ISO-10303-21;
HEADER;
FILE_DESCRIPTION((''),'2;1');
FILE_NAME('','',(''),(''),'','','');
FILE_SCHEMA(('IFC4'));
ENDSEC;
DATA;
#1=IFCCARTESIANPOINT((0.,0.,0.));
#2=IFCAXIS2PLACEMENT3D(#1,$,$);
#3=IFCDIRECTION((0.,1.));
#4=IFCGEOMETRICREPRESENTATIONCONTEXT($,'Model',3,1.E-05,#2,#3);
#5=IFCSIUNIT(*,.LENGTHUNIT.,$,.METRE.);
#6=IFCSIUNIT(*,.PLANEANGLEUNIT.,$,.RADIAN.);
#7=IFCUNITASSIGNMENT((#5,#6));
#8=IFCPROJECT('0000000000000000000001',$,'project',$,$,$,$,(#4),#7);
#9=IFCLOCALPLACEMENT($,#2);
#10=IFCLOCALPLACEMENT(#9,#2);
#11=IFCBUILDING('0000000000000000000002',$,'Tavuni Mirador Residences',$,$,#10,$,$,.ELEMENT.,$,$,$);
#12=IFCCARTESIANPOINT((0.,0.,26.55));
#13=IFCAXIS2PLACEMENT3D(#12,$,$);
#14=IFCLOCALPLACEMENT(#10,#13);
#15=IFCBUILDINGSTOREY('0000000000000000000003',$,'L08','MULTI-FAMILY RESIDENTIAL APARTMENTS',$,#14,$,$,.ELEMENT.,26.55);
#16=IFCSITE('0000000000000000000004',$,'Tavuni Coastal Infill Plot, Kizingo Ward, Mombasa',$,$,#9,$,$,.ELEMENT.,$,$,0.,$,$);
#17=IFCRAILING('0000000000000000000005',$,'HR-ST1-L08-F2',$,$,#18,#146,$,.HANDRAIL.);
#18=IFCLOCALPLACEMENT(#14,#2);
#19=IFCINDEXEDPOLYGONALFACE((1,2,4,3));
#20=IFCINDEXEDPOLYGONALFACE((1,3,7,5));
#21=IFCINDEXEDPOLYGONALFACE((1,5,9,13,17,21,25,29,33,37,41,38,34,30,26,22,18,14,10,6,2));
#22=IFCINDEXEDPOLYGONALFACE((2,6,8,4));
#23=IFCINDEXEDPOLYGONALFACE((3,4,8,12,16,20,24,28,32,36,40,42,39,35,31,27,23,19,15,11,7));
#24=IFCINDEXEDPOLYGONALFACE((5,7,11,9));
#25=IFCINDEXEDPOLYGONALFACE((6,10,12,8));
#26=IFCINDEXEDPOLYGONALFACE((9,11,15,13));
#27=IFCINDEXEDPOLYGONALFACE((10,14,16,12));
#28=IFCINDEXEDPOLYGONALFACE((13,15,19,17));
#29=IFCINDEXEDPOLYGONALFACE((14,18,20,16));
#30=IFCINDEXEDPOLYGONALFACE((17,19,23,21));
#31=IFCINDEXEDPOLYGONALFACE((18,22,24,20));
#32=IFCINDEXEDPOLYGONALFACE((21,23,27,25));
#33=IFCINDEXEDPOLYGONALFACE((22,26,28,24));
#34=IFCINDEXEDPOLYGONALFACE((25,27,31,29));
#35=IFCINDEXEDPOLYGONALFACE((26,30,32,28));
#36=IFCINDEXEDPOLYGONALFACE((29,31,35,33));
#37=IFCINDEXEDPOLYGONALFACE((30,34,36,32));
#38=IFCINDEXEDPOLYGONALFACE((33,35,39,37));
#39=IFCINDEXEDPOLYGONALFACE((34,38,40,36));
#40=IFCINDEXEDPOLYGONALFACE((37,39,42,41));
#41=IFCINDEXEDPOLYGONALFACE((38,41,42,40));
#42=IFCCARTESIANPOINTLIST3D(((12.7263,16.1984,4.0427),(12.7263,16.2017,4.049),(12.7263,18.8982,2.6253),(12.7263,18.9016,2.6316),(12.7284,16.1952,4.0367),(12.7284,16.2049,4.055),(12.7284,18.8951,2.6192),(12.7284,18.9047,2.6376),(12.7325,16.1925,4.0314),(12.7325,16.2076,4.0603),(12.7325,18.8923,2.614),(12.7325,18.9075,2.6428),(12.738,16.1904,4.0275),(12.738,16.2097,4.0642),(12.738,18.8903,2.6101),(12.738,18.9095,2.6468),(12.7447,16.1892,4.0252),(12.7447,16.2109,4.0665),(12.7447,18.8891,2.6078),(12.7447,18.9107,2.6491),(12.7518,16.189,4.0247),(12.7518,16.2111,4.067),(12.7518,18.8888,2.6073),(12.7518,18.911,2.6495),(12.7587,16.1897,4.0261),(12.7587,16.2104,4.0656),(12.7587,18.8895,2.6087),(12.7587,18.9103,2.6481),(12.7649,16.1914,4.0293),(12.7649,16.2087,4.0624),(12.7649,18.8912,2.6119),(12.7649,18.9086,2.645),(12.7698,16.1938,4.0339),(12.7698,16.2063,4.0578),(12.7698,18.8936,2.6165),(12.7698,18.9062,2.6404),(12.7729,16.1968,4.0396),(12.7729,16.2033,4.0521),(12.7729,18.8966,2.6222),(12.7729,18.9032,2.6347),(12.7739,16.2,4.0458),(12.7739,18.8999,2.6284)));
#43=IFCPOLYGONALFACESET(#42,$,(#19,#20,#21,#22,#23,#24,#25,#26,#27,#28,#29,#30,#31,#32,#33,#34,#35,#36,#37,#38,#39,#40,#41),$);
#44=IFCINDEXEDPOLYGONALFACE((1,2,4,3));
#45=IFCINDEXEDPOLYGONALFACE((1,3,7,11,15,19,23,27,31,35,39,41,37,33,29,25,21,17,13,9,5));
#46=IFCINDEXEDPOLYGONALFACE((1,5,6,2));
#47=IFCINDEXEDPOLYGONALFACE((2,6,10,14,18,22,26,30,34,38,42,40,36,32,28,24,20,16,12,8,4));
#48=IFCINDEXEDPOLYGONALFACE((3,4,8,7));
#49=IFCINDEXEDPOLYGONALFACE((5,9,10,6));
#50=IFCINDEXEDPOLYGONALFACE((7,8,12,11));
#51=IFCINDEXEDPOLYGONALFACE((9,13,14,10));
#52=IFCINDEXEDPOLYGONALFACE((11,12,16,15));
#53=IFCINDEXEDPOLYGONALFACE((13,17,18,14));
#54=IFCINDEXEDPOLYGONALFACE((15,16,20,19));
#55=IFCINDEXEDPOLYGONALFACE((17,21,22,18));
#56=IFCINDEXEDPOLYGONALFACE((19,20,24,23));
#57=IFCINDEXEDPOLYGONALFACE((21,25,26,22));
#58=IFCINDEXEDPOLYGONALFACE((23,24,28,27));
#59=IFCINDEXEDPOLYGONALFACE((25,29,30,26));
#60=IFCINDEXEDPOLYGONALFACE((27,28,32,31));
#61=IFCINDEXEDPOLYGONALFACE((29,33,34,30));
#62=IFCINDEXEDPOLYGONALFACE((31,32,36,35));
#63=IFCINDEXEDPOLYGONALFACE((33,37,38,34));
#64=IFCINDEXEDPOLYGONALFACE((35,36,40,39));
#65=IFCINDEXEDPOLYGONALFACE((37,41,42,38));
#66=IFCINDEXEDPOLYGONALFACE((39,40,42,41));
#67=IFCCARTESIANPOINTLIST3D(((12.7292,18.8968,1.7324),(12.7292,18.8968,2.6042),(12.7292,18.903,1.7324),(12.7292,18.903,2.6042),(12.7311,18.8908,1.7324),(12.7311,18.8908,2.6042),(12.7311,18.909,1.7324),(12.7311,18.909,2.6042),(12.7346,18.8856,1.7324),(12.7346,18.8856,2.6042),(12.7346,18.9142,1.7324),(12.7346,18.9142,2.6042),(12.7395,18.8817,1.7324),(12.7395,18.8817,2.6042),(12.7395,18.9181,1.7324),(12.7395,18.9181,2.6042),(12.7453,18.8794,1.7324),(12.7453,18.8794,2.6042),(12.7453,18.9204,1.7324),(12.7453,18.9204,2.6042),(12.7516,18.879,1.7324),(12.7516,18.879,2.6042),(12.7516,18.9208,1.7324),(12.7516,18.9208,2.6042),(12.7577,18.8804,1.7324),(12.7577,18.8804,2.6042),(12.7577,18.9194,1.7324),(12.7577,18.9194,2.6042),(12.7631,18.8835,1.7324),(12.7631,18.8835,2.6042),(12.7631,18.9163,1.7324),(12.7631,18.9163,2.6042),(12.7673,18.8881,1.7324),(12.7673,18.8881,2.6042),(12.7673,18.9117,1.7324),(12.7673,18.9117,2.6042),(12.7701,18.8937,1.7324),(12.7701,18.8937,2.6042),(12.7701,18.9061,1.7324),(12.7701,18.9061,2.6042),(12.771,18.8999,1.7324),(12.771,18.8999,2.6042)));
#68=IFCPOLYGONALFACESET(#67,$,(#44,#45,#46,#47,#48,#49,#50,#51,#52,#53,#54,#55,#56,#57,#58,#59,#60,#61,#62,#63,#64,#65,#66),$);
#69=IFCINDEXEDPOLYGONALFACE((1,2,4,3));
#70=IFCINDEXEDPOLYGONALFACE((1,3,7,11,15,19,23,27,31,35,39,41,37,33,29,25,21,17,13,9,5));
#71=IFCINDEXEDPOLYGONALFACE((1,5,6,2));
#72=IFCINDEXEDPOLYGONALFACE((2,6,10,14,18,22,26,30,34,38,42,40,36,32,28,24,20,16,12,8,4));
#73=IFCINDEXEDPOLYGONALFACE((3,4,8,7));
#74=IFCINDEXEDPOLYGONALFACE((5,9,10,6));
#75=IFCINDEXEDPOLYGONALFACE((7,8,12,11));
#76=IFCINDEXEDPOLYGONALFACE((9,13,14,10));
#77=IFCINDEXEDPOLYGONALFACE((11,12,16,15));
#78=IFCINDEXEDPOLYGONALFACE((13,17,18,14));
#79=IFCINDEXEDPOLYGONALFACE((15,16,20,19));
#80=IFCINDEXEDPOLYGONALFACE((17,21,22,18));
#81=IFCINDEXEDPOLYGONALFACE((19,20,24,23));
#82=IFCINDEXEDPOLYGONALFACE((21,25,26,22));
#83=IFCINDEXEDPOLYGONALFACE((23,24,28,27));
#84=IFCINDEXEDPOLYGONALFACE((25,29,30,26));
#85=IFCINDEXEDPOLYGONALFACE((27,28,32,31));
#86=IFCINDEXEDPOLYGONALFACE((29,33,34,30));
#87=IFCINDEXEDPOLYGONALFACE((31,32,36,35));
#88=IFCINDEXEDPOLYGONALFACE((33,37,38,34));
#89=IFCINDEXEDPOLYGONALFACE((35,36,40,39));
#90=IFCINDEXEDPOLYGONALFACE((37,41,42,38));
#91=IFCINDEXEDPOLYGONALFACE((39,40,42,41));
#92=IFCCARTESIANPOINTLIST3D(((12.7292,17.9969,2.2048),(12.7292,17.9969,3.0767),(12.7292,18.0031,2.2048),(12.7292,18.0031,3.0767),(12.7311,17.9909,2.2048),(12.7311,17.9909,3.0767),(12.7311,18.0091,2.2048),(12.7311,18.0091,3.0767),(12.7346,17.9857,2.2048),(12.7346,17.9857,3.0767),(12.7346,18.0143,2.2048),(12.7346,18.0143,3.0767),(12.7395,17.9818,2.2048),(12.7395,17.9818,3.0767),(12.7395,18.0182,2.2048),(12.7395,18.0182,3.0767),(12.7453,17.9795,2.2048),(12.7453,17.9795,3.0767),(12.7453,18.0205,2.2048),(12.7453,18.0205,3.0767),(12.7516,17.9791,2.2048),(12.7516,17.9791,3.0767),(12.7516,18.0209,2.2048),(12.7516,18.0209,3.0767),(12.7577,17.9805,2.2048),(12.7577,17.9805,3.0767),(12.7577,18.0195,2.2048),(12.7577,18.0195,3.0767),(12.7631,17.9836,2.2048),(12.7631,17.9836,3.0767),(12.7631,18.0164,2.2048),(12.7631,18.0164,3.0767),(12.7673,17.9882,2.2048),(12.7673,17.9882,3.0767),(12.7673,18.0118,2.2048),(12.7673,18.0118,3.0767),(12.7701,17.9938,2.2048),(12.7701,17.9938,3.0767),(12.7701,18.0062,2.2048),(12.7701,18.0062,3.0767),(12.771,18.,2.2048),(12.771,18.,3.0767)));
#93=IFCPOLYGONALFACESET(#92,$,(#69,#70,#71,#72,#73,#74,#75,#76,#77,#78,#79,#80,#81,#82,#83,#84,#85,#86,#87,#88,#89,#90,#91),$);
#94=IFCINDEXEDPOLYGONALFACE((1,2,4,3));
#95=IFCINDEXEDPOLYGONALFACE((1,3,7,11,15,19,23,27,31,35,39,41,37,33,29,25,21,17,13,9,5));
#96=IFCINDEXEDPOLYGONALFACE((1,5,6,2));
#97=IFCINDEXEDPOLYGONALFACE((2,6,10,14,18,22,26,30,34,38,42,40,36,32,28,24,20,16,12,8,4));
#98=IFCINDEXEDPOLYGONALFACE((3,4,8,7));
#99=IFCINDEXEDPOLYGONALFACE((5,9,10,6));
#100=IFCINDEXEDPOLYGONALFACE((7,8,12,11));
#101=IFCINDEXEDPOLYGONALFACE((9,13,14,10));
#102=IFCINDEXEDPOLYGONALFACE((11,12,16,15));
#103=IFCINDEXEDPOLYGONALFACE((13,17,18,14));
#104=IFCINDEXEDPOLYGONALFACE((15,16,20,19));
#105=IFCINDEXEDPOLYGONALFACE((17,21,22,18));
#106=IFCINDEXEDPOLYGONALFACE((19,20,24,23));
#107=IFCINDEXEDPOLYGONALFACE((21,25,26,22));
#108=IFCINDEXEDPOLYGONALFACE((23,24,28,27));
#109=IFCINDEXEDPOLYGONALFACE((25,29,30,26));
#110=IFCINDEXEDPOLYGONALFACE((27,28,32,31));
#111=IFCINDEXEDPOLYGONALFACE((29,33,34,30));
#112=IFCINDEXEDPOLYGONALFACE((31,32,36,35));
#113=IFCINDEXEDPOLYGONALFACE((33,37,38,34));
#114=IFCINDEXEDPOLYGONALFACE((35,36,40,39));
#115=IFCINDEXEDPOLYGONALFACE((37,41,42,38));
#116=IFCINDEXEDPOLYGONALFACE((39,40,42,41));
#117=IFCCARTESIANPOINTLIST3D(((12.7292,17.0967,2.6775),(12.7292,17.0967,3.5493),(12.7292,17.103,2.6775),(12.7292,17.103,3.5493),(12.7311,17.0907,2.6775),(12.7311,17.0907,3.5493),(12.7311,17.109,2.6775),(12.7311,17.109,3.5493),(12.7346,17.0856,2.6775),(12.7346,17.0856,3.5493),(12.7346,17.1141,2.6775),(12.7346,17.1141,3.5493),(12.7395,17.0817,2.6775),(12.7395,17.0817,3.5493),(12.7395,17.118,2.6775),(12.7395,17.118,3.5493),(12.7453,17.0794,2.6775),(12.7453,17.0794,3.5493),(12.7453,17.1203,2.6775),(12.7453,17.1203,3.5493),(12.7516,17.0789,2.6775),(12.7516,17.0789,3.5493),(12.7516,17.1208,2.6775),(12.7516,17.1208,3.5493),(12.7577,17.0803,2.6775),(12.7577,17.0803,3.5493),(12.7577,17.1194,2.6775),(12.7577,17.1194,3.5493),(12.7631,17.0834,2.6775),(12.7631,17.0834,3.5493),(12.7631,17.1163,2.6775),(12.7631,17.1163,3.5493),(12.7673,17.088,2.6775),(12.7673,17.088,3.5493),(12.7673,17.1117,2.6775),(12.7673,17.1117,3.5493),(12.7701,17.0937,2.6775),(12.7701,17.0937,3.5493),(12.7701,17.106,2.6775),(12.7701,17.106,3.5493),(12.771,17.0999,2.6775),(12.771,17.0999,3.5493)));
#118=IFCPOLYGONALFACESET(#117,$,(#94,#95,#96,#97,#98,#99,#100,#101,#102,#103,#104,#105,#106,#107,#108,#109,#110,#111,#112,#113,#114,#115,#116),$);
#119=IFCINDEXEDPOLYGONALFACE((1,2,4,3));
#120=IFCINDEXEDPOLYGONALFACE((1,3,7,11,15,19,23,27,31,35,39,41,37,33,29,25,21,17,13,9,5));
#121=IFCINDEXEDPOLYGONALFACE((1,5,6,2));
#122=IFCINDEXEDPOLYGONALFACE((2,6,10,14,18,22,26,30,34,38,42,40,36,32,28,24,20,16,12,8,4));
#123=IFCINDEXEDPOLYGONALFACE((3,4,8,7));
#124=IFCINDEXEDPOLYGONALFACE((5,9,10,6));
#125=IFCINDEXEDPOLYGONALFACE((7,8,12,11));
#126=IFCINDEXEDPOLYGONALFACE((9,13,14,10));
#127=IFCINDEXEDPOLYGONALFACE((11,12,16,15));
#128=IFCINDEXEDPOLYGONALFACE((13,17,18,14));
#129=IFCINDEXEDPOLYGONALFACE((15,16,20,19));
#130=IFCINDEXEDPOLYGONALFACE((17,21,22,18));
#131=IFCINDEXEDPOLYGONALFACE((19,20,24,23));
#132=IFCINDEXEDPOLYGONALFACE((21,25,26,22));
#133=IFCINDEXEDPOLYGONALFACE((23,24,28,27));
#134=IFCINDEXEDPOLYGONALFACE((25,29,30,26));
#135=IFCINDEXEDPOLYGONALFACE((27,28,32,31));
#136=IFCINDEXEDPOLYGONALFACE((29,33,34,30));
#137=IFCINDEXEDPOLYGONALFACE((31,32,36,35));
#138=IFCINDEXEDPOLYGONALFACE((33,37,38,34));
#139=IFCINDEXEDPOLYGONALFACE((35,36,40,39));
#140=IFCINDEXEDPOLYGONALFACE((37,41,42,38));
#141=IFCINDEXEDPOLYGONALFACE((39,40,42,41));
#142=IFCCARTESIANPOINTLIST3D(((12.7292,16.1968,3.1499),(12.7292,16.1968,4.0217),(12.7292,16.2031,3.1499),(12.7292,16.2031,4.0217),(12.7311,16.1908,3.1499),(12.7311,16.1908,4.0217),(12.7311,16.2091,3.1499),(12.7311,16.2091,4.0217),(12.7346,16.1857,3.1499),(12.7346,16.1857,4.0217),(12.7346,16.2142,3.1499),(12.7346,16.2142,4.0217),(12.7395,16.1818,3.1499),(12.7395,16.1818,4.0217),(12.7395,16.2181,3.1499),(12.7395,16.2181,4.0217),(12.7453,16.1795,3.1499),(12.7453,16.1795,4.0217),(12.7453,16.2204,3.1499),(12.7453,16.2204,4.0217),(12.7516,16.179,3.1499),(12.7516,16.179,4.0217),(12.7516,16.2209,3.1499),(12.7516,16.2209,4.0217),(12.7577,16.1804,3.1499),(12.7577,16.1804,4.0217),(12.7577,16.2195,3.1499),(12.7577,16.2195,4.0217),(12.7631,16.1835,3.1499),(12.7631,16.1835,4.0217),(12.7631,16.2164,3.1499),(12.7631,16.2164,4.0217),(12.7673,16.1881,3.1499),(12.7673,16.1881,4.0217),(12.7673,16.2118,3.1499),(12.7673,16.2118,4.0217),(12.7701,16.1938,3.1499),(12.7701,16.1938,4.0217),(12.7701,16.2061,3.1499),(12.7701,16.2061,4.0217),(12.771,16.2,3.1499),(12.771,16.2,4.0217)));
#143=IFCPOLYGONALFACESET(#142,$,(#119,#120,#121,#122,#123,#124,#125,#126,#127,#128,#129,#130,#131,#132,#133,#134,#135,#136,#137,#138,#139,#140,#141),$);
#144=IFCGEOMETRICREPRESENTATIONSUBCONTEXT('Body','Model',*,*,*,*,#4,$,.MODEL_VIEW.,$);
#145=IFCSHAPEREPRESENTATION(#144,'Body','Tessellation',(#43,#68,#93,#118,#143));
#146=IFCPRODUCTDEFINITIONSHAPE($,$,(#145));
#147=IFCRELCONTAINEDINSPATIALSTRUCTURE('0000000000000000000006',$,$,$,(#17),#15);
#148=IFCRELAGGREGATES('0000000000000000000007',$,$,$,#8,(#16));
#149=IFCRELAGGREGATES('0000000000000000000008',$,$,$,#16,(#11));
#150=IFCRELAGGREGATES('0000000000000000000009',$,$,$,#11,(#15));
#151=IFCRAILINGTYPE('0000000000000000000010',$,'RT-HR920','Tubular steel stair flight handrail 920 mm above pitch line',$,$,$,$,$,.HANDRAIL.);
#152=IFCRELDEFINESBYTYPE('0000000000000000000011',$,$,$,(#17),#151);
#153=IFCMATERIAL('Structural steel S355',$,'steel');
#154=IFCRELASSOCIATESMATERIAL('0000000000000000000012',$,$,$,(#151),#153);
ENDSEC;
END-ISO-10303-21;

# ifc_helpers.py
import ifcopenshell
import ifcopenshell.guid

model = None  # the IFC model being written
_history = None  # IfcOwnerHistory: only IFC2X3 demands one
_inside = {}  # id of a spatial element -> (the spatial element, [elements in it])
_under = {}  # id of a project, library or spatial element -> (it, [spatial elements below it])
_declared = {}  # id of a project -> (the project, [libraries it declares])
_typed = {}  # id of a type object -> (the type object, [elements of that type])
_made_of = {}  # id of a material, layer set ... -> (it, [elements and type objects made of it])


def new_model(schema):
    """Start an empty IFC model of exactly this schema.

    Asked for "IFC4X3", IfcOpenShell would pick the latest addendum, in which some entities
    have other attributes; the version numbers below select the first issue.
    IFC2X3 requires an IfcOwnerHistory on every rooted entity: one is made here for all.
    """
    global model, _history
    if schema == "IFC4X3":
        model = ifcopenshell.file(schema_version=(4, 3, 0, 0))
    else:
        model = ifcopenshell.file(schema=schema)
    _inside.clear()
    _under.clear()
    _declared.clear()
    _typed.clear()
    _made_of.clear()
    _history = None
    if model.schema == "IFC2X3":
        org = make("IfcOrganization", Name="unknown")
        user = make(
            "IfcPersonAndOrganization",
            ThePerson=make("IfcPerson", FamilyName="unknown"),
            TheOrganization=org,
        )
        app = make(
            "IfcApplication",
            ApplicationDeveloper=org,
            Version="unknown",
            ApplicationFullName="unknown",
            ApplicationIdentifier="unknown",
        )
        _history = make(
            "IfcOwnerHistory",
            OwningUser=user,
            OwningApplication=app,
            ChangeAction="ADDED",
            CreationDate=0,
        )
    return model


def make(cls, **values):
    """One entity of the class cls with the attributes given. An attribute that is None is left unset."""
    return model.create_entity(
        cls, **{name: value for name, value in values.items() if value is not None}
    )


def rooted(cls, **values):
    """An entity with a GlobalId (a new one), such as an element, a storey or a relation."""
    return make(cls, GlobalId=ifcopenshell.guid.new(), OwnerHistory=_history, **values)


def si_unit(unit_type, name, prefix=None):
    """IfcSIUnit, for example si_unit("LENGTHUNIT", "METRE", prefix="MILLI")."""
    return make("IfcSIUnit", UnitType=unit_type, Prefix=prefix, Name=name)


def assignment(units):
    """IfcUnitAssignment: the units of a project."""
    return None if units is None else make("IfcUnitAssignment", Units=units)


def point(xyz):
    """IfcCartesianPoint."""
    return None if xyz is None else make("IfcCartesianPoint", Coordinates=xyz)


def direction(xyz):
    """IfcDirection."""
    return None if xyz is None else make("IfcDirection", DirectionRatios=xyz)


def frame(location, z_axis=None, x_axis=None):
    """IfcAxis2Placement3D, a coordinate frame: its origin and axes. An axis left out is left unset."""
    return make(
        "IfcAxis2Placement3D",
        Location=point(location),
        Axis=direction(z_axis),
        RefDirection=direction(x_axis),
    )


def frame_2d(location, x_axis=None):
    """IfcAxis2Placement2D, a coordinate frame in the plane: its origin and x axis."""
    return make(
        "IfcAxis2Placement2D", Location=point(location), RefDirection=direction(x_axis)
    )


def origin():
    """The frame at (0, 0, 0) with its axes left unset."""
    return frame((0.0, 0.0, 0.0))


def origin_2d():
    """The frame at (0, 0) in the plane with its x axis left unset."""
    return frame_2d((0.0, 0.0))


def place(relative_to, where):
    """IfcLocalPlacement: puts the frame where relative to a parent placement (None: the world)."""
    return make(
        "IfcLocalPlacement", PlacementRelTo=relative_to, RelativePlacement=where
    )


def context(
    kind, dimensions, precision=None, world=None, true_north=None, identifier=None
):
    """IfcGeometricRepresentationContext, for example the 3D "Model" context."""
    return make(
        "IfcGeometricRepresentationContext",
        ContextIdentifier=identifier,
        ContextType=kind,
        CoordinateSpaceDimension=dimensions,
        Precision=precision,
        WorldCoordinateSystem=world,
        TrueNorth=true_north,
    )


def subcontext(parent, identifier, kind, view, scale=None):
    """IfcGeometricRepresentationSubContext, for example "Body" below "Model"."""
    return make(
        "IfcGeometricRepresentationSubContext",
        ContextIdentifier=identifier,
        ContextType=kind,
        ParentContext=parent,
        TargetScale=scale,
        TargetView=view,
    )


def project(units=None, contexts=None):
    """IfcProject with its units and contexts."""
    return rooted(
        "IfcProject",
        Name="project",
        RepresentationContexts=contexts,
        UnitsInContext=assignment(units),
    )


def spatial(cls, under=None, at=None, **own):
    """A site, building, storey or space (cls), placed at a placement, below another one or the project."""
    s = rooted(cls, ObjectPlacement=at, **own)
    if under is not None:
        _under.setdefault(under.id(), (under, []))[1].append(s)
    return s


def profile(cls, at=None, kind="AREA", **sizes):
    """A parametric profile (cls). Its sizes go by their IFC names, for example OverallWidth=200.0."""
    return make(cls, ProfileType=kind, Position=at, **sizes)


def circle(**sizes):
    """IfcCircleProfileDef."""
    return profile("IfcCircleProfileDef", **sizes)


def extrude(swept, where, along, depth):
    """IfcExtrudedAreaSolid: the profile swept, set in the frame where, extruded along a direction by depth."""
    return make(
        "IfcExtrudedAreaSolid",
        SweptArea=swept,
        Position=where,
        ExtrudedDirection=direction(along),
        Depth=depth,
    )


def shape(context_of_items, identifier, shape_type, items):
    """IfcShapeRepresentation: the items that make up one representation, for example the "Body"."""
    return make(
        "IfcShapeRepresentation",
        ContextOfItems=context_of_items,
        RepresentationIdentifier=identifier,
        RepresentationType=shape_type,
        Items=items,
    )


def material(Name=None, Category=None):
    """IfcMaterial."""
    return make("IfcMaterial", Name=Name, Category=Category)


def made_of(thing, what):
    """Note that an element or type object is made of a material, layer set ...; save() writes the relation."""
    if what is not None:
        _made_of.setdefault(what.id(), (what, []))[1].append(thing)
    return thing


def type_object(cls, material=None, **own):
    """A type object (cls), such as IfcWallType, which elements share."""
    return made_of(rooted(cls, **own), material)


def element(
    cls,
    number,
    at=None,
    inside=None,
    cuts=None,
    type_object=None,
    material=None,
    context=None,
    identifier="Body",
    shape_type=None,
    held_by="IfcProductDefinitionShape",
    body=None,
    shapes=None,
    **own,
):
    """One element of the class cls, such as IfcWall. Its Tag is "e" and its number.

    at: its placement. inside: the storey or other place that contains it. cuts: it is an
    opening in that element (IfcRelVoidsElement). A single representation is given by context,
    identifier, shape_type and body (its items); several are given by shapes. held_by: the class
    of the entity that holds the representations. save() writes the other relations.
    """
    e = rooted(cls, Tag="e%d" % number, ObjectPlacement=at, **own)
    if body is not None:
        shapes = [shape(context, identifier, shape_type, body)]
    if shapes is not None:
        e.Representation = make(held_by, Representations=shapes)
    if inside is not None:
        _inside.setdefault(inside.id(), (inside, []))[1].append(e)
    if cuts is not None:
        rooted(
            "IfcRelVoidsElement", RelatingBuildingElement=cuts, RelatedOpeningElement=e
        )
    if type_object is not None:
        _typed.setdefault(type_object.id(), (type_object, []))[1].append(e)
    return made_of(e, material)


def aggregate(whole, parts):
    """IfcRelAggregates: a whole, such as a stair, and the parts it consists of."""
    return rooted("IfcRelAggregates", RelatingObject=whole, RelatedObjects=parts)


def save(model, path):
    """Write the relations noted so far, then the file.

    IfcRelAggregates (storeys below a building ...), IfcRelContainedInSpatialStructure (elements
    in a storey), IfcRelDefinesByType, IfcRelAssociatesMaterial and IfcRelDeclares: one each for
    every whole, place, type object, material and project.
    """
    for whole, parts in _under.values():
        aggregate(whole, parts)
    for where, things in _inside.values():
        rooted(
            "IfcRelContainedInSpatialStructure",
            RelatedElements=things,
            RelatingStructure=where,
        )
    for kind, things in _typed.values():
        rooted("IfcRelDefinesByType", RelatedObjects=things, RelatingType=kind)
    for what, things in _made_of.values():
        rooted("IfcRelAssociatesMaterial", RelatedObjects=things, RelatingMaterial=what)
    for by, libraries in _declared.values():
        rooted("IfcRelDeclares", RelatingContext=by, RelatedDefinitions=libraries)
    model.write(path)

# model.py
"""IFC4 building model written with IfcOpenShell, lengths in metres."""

from ifc_helpers import new_model, si_unit, direction, frame, origin, origin_2d, place, context, subcontext, project, spatial, circle, extrude, material, type_object, element, save


model = new_model("IFC4")

# Units and contexts
model_context = context("Model", 3, precision=1e-05, world=origin(), true_north=direction((0.0, 1.0)))
body_context = subcontext(model_context, "Body", "Model", "MODEL_VIEW")
ifc_project = project(units=[si_unit("LENGTHUNIT", "METRE"), si_unit("PLANEANGLEUNIT", "RADIAN")], contexts=[model_context])

# Site, building, storey
site_placement = place(None, origin())
site = spatial("IfcSite", under=ifc_project, at=site_placement, Name="Tavuni Coastal Infill Plot, Kizingo Ward, Mombasa", CompositionType="ELEMENT", RefElevation=0.0)
building_placement = place(site_placement, origin())
building = spatial("IfcBuilding", under=site, at=building_placement, Name="Tavuni Mirador Residences", CompositionType="ELEMENT")
storey_placement = place(building_placement, frame((0.0, 0.0, 26.55)))
storey = spatial("IfcBuildingStorey", under=building, at=storey_placement, Name="L08", Description="MULTI-FAMILY RESIDENTIAL APARTMENTS", CompositionType="ELEMENT", Elevation=26.55)

# Shared definitions
ifc_material_1 = material(Name="Structural steel S355", Category="steel")

# Railing
railing_type_1 = type_object("IfcRailingType", Name="RT-HR920", Description="Tubular steel stair flight handrail 920 mm above pitch line", PredefinedType="HANDRAIL", material=ifc_material_1)
railing_1_placement = place(storey_placement, frame((12.75, 18.8999, 1.7324)))
element("IfcRailing", 1, at=railing_1_placement, inside=storey, type_object=railing_type_1, Name="HR-ST1-L08-F2", PredefinedType="HANDRAIL", context=body_context, shape_type="SweptSolid", body=[
    extrude(circle(Radius=0.0239, at=origin_2d()), frame((0.0, 0.0, 0.896), z_axis=(0.0, -0.885397, 0.464835), x_axis=(1.0, 0.0, 0.0)), (0.0, 0.0, 1.0), 3.0493),
    extrude(circle(Radius=0.021, at=origin_2d()), origin(), (0.0, 0.0, 1.0), 0.8718),
    extrude(circle(Radius=0.021, at=origin_2d()), frame((0.0, -0.8999, 0.4724)), (0.0, 0.0, 1.0), 0.8718),
    extrude(circle(Radius=0.021, at=origin_2d()), frame((0.0, -1.8, 0.9451)), (0.0, 0.0, 1.0), 0.8718),
    extrude(circle(Radius=0.021, at=origin_2d()), frame((0.0, -2.7, 1.4175)), (0.0, 0.0, 1.0), 0.8718),
])

save(model, "model.ifc")
